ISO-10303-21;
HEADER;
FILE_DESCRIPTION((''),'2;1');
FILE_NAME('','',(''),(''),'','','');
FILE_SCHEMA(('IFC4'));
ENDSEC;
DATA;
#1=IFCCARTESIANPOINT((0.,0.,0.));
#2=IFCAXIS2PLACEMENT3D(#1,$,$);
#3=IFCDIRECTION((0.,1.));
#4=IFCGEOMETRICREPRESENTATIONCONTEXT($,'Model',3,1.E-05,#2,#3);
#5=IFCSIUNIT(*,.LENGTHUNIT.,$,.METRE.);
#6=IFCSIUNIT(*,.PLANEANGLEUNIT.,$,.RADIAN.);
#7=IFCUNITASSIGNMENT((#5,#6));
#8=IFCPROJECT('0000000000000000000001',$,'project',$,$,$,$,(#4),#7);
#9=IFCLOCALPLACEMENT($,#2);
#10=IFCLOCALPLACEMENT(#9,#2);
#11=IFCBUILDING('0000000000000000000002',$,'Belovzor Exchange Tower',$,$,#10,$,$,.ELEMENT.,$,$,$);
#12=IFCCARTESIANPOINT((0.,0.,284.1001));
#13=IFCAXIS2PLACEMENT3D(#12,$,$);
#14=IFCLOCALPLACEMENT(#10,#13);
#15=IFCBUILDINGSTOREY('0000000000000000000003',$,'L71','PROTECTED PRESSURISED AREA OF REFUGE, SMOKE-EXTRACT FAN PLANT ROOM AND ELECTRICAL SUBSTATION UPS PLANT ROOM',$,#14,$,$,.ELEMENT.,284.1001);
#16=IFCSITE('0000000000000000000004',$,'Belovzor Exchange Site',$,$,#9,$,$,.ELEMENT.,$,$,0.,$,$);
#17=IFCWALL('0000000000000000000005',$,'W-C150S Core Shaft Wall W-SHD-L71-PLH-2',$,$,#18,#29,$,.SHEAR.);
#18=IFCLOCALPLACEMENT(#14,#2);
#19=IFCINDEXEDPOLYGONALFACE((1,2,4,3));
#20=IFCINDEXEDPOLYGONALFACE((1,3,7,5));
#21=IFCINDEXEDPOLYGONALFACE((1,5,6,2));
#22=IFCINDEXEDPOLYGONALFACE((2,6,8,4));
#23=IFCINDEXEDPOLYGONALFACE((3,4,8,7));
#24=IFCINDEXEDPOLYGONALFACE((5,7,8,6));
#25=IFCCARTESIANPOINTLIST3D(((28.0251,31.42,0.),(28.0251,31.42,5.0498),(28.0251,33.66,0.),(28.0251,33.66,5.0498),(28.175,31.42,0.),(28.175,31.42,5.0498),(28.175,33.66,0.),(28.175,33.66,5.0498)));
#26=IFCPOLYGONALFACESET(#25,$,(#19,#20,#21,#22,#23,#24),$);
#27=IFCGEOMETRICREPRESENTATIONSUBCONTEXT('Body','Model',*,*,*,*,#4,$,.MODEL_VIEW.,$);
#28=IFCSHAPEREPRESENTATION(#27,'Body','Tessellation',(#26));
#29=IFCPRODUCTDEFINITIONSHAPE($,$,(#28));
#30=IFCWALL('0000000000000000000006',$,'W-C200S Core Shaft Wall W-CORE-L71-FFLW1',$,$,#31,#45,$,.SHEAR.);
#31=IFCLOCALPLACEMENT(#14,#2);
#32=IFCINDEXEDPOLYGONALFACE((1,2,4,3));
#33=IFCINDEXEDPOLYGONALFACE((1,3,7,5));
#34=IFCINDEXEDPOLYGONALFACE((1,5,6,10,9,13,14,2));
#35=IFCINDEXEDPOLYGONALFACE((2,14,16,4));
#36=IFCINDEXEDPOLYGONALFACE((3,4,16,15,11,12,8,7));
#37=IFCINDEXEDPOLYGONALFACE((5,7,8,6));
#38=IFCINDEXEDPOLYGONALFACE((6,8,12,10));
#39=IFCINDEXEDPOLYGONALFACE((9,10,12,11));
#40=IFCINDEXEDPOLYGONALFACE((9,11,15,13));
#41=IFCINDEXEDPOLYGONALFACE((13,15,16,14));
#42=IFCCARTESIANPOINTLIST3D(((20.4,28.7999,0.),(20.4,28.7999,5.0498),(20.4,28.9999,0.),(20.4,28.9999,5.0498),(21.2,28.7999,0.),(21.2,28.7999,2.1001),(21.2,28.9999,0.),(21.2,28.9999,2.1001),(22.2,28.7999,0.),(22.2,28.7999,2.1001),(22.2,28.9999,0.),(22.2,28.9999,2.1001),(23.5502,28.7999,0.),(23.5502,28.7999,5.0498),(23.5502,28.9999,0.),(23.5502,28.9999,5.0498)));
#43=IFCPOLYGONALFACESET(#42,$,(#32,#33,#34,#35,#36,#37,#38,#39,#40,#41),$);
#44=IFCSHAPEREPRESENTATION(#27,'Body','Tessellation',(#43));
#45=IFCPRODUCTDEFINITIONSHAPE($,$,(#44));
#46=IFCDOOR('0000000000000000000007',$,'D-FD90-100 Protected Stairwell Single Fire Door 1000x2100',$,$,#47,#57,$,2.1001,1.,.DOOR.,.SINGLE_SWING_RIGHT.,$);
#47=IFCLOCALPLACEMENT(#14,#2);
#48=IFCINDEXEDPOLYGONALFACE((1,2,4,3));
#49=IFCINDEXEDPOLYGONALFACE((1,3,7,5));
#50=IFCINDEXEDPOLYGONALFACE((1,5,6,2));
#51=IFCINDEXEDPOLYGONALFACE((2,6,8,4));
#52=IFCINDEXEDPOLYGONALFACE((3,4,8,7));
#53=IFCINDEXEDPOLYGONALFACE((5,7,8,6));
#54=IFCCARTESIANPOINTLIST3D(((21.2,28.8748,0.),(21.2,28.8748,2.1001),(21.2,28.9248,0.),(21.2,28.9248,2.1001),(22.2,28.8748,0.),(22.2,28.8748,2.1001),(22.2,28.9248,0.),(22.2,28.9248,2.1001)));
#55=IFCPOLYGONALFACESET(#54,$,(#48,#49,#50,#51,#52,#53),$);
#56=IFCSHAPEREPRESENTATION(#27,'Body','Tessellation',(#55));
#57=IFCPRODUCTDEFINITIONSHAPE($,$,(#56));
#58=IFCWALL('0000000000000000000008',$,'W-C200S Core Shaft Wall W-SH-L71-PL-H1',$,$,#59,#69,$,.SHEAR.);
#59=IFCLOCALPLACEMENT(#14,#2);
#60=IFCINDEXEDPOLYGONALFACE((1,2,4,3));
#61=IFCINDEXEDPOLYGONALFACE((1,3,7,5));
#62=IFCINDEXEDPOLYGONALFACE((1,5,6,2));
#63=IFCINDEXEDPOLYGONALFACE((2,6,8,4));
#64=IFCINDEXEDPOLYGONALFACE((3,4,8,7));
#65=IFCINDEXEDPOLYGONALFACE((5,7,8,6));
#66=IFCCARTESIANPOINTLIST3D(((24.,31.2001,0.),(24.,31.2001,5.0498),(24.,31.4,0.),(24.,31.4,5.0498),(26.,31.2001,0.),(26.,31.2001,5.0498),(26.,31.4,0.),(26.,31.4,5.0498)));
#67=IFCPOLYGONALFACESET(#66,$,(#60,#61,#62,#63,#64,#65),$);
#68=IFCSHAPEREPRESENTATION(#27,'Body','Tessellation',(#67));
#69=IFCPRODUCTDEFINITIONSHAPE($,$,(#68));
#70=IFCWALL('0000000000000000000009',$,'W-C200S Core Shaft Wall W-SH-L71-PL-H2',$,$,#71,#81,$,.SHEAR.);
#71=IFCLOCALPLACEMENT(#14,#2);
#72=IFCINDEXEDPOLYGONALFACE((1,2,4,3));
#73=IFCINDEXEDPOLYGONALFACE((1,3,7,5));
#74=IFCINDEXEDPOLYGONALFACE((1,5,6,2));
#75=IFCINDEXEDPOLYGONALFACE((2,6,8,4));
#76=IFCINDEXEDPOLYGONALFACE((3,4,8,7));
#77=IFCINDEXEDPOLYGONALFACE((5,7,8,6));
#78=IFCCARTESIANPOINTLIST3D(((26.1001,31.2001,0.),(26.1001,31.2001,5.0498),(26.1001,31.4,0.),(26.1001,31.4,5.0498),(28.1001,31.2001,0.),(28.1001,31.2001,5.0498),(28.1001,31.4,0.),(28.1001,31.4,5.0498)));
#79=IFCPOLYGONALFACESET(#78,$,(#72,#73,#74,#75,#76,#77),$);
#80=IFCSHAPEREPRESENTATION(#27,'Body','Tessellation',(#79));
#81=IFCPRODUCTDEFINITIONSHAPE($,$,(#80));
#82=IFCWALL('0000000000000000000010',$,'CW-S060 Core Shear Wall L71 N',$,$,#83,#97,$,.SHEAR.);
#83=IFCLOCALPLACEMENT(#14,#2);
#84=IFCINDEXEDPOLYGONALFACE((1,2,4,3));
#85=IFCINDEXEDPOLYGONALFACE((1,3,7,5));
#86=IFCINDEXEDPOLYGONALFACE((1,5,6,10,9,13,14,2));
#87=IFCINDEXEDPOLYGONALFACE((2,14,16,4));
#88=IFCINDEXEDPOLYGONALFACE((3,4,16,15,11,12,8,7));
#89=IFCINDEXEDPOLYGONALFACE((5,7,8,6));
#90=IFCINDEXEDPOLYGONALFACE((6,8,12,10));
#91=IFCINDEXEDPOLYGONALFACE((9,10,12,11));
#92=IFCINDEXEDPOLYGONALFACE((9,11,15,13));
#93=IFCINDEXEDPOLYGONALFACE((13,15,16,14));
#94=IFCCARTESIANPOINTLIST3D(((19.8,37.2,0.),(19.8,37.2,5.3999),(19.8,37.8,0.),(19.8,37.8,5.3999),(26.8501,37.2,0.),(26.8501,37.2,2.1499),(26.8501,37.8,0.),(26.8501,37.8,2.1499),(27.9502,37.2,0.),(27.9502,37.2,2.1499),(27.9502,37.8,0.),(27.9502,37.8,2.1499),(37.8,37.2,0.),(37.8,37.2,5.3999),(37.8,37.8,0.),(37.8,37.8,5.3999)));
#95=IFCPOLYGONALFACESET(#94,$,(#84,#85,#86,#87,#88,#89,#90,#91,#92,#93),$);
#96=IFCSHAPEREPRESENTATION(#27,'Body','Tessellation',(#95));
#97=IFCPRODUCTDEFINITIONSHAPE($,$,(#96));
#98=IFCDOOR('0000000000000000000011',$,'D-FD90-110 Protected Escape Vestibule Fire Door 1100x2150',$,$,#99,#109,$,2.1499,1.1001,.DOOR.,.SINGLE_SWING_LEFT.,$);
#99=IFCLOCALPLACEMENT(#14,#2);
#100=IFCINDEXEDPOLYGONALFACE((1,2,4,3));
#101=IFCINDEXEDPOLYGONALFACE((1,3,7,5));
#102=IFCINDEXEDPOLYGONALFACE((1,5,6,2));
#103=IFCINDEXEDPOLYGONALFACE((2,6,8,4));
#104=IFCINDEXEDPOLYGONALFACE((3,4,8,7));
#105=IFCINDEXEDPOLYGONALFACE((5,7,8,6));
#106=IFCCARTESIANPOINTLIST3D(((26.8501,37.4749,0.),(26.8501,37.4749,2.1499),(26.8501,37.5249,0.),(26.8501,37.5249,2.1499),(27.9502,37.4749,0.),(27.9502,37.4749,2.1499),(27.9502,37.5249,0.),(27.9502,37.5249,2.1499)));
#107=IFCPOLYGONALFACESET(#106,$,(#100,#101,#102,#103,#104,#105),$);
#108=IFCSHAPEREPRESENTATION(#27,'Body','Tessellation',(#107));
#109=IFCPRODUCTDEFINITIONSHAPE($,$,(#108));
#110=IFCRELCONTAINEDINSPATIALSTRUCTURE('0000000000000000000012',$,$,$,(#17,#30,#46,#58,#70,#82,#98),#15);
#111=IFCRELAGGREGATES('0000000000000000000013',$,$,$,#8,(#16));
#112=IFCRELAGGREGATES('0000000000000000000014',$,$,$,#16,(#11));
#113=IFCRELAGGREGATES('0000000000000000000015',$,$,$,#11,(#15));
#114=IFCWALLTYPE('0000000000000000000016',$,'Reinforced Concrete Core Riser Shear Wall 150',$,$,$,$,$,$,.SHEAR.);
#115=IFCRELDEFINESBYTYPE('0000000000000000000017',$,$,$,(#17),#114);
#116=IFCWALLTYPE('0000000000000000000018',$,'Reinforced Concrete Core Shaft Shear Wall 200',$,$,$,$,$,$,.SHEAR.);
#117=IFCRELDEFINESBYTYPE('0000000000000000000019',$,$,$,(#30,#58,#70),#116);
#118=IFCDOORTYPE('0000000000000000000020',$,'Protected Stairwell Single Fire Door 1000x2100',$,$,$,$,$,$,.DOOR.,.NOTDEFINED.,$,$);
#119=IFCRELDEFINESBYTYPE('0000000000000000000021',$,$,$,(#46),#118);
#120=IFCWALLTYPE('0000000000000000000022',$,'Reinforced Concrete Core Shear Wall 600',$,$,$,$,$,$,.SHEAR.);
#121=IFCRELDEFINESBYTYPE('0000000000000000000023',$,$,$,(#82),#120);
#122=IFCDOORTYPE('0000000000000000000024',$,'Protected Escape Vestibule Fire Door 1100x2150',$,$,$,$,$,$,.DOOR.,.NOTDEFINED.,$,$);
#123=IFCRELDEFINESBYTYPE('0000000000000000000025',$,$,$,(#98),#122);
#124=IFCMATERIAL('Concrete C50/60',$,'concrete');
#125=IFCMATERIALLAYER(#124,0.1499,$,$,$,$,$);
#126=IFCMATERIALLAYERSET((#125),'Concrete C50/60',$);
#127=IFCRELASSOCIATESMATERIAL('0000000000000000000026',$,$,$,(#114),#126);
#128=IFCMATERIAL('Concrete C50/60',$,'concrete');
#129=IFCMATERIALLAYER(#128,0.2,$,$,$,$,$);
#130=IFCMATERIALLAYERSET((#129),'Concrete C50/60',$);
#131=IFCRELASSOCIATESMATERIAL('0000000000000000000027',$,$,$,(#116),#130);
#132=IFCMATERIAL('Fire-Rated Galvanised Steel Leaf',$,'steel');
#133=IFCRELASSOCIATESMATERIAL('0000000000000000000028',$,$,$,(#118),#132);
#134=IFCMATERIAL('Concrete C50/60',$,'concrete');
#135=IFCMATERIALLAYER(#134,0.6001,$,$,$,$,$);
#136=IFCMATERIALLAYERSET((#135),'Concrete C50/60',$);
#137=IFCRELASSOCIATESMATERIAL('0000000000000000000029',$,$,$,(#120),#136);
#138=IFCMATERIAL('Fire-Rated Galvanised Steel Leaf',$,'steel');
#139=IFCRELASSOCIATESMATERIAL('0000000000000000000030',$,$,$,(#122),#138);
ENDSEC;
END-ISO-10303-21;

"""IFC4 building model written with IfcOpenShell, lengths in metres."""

from ifc_helpers import new_model, si_unit, direction, frame, frame_2d, origin, place, context, subcontext, project, spatial, rectangle, extrude, material, layer, layer_set, type_object, element, fill, save


model = new_model("IFC4")

# Units and contexts
model_context = context("Model", 3, precision=1e-05, world=origin(), true_north=direction((0.0, 1.0)))
body_context = subcontext(model_context, "Body", "Model", "MODEL_VIEW")
ifc_project = project(units=[si_unit("LENGTHUNIT", "METRE"), si_unit("PLANEANGLEUNIT", "RADIAN")], contexts=[model_context])

# Site, building, storey
site_placement = place(None, origin())
site = spatial("IfcSite", under=ifc_project, at=site_placement, Name="Belovzor Exchange Site", CompositionType="ELEMENT", RefElevation=0.0)
building_placement = place(site_placement, origin())
building = spatial("IfcBuilding", under=site, at=building_placement, Name="Belovzor Exchange Tower", CompositionType="ELEMENT")
storey_placement = place(building_placement, frame((0.0, 0.0, 284.1001)))
storey = spatial("IfcBuildingStorey", under=building, at=storey_placement, Name="L71", Description="PROTECTED PRESSURISED AREA OF REFUGE, SMOKE-EXTRACT FAN PLANT ROOM AND ELECTRICAL SUBSTATION UPS PLANT ROOM", CompositionType="ELEMENT", Elevation=284.1001)

# Wall
ifc_material_1 = material(Name="Concrete C50/60", Category="concrete")
ifc_layer_1 = layer(ifc_material_1, 0.1499)
ifc_layer_set_1 = layer_set([ifc_layer_1], Name="Concrete C50/60")
wall_type_1 = type_object("IfcWallType", Name="Reinforced Concrete Core Riser Shear Wall 150", PredefinedType="SHEAR", material=ifc_layer_set_1)
for number, where, z_axis, x_axis, name in (
    (1, (28.1001, 31.4199, 0.0), (0.0, 0.0, 1.0), (0.0, 1.0, 0.0), "W-C150S Core Shaft Wall W-SHD-L71-PLH-2"),
):
    element("IfcWall", number, at=place(storey_placement, frame(where, z_axis=z_axis, x_axis=x_axis)), inside=storey, type_object=wall_type_1, Name=name, PredefinedType="SHEAR", context=body_context, shape_type="SweptSolid", body=[
        extrude(rectangle(XDim=2.24, YDim=0.1499, at=frame_2d((1.1201, 0.0))), origin(), (0.0, 0.0, 1.0), 5.0498),
    ])

# Wall, opening, door
ifc_material_2 = material(Name="Concrete C50/60", Category="concrete")
ifc_layer_2 = layer(ifc_material_2, 0.2)
ifc_layer_set_2 = layer_set([ifc_layer_2], Name="Concrete C50/60")
wall_type_2 = type_object("IfcWallType", Name="Reinforced Concrete Core Shaft Shear Wall 200", PredefinedType="SHEAR", material=ifc_layer_set_2)
wall_1_placement = place(storey_placement, frame((20.3999, 28.8999, 0.0), z_axis=(0.0, 0.0, 1.0), x_axis=(1.0, 0.0, 0.0)))
wall_1 = element("IfcWall", 2, at=wall_1_placement, inside=storey, type_object=wall_type_2, Name="W-C200S Core Shaft Wall W-CORE-L71-FFLW1", PredefinedType="SHEAR", context=body_context, shape_type="SweptSolid", body=[
    extrude(rectangle(XDim=3.1501, YDim=0.2, at=frame_2d((1.5752, 0.0))), origin(), (0.0, 0.0, 1.0), 5.0498),
])
opening_1_placement = place(wall_1_placement, frame((0.8, 0.0, 0.0)))
opening_1 = element("IfcOpeningElement", 3, at=opening_1_placement, cuts=wall_1, PredefinedType="OPENING", context=body_context, shape_type="SweptSolid", body=[
    extrude(rectangle(XDim=1.0, YDim=2.1001, at=frame_2d((0.5, 1.05))), frame((0.0, 0.1099, 0.0), z_axis=(0.0, -1.0, 0.0), x_axis=(1.0, 0.0, 0.0)), (0.0, 0.0, 1.0), 0.22),
])
ifc_material_3 = material(Name="Fire-Rated Galvanised Steel Leaf", Category="steel")
door_type_1 = type_object("IfcDoorType", Name="Protected Stairwell Single Fire Door 1000x2100", OperationType="NOTDEFINED", PredefinedType="DOOR", material=ifc_material_3)
door_1_placement = place(opening_1_placement, origin())
door_1 = element("IfcDoor", 4, at=door_1_placement, inside=storey, type_object=door_type_1, Name="D-FD90-100 Protected Stairwell Single Fire Door 1000x2100", OperationType="SINGLE_SWING_RIGHT", OverallHeight=2.1001, OverallWidth=1.0, PredefinedType="DOOR", context=body_context, shape_type="SweptSolid", body=[
    extrude(rectangle(XDim=1.0, YDim=2.1001, at=frame_2d((0.5, 1.05))), frame((0.0, 0.0249, 0.0), z_axis=(0.0, -1.0, 0.0), x_axis=(1.0, 0.0, 0.0)), (0.0, 0.0, 1.0), 0.05),
])
fill(opening_1, door_1)

# Walls
for number, where, z_axis, x_axis, name in (
    (5, (24.0, 31.3, 0.0), (0.0, 0.0, 1.0), (1.0, 0.0, 0.0), "W-C200S Core Shaft Wall W-SH-L71-PL-H1"),
    (6, (26.1001, 31.3, 0.0), (0.0, 0.0, 1.0), (1.0, 0.0, 0.0), "W-C200S Core Shaft Wall W-SH-L71-PL-H2"),
):
    element("IfcWall", number, at=place(storey_placement, frame(where, z_axis=z_axis, x_axis=x_axis)), inside=storey, type_object=wall_type_2, Name=name, PredefinedType="SHEAR", context=body_context, shape_type="SweptSolid", body=[
        extrude(rectangle(XDim=2.0, YDim=0.2, at=frame_2d((1.0, 0.0))), origin(), (0.0, 0.0, 1.0), 5.0498),
    ])

# Wall, opening, door
ifc_material_4 = material(Name="Concrete C50/60", Category="concrete")
ifc_layer_3 = layer(ifc_material_4, 0.6001)
ifc_layer_set_3 = layer_set([ifc_layer_3], Name="Concrete C50/60")
wall_type_3 = type_object("IfcWallType", Name="Reinforced Concrete Core Shear Wall 600", PredefinedType="SHEAR", material=ifc_layer_set_3)
wall_2_placement = place(storey_placement, frame((19.8, 37.5, 0.0), z_axis=(0.0, 0.0, 1.0), x_axis=(1.0, 0.0, 0.0)))
wall_2 = element("IfcWall", 7, at=wall_2_placement, inside=storey, type_object=wall_type_3, Name="CW-S060 Core Shear Wall L71 N", PredefinedType="SHEAR", context=body_context, shape_type="SweptSolid", body=[
    extrude(rectangle(XDim=18.0, YDim=0.6001, at=frame_2d((9.0, 0.0))), origin(), (0.0, 0.0, 1.0), 5.3999),
])
opening_2_placement = place(wall_2_placement, frame((7.05, 0.0, 0.0)))
opening_2 = element("IfcOpeningElement", 8, at=opening_2_placement, cuts=wall_2, PredefinedType="OPENING", context=body_context, shape_type="SweptSolid", body=[
    extrude(rectangle(XDim=1.1001, YDim=2.1499, at=frame_2d((0.55, 1.075))), frame((0.0, 0.3101, 0.0), z_axis=(0.0, -1.0, 0.0), x_axis=(1.0, 0.0, 0.0)), (0.0, 0.0, 1.0), 0.6201),
])
ifc_material_5 = material(Name="Fire-Rated Galvanised Steel Leaf", Category="steel")
door_type_2 = type_object("IfcDoorType", Name="Protected Escape Vestibule Fire Door 1100x2150", OperationType="NOTDEFINED", PredefinedType="DOOR", material=ifc_material_5)
door_2_placement = place(opening_2_placement, origin())
door_2 = element("IfcDoor", 9, at=door_2_placement, inside=storey, type_object=door_type_2, Name="D-FD90-110 Protected Escape Vestibule Fire Door 1100x2150", OperationType="SINGLE_SWING_LEFT", OverallHeight=2.1499, OverallWidth=1.1001, PredefinedType="DOOR", context=body_context, shape_type="SweptSolid", body=[
    extrude(rectangle(XDim=1.1001, YDim=2.1499, at=frame_2d((0.55, 1.075))), frame((0.0, 0.0249, 0.0), z_axis=(0.0, -1.0, 0.0), x_axis=(1.0, 0.0, 0.0)), (0.0, 0.0, 1.0), 0.05),
])
fill(opening_2, door_2)

save(model, "model.ifc")
